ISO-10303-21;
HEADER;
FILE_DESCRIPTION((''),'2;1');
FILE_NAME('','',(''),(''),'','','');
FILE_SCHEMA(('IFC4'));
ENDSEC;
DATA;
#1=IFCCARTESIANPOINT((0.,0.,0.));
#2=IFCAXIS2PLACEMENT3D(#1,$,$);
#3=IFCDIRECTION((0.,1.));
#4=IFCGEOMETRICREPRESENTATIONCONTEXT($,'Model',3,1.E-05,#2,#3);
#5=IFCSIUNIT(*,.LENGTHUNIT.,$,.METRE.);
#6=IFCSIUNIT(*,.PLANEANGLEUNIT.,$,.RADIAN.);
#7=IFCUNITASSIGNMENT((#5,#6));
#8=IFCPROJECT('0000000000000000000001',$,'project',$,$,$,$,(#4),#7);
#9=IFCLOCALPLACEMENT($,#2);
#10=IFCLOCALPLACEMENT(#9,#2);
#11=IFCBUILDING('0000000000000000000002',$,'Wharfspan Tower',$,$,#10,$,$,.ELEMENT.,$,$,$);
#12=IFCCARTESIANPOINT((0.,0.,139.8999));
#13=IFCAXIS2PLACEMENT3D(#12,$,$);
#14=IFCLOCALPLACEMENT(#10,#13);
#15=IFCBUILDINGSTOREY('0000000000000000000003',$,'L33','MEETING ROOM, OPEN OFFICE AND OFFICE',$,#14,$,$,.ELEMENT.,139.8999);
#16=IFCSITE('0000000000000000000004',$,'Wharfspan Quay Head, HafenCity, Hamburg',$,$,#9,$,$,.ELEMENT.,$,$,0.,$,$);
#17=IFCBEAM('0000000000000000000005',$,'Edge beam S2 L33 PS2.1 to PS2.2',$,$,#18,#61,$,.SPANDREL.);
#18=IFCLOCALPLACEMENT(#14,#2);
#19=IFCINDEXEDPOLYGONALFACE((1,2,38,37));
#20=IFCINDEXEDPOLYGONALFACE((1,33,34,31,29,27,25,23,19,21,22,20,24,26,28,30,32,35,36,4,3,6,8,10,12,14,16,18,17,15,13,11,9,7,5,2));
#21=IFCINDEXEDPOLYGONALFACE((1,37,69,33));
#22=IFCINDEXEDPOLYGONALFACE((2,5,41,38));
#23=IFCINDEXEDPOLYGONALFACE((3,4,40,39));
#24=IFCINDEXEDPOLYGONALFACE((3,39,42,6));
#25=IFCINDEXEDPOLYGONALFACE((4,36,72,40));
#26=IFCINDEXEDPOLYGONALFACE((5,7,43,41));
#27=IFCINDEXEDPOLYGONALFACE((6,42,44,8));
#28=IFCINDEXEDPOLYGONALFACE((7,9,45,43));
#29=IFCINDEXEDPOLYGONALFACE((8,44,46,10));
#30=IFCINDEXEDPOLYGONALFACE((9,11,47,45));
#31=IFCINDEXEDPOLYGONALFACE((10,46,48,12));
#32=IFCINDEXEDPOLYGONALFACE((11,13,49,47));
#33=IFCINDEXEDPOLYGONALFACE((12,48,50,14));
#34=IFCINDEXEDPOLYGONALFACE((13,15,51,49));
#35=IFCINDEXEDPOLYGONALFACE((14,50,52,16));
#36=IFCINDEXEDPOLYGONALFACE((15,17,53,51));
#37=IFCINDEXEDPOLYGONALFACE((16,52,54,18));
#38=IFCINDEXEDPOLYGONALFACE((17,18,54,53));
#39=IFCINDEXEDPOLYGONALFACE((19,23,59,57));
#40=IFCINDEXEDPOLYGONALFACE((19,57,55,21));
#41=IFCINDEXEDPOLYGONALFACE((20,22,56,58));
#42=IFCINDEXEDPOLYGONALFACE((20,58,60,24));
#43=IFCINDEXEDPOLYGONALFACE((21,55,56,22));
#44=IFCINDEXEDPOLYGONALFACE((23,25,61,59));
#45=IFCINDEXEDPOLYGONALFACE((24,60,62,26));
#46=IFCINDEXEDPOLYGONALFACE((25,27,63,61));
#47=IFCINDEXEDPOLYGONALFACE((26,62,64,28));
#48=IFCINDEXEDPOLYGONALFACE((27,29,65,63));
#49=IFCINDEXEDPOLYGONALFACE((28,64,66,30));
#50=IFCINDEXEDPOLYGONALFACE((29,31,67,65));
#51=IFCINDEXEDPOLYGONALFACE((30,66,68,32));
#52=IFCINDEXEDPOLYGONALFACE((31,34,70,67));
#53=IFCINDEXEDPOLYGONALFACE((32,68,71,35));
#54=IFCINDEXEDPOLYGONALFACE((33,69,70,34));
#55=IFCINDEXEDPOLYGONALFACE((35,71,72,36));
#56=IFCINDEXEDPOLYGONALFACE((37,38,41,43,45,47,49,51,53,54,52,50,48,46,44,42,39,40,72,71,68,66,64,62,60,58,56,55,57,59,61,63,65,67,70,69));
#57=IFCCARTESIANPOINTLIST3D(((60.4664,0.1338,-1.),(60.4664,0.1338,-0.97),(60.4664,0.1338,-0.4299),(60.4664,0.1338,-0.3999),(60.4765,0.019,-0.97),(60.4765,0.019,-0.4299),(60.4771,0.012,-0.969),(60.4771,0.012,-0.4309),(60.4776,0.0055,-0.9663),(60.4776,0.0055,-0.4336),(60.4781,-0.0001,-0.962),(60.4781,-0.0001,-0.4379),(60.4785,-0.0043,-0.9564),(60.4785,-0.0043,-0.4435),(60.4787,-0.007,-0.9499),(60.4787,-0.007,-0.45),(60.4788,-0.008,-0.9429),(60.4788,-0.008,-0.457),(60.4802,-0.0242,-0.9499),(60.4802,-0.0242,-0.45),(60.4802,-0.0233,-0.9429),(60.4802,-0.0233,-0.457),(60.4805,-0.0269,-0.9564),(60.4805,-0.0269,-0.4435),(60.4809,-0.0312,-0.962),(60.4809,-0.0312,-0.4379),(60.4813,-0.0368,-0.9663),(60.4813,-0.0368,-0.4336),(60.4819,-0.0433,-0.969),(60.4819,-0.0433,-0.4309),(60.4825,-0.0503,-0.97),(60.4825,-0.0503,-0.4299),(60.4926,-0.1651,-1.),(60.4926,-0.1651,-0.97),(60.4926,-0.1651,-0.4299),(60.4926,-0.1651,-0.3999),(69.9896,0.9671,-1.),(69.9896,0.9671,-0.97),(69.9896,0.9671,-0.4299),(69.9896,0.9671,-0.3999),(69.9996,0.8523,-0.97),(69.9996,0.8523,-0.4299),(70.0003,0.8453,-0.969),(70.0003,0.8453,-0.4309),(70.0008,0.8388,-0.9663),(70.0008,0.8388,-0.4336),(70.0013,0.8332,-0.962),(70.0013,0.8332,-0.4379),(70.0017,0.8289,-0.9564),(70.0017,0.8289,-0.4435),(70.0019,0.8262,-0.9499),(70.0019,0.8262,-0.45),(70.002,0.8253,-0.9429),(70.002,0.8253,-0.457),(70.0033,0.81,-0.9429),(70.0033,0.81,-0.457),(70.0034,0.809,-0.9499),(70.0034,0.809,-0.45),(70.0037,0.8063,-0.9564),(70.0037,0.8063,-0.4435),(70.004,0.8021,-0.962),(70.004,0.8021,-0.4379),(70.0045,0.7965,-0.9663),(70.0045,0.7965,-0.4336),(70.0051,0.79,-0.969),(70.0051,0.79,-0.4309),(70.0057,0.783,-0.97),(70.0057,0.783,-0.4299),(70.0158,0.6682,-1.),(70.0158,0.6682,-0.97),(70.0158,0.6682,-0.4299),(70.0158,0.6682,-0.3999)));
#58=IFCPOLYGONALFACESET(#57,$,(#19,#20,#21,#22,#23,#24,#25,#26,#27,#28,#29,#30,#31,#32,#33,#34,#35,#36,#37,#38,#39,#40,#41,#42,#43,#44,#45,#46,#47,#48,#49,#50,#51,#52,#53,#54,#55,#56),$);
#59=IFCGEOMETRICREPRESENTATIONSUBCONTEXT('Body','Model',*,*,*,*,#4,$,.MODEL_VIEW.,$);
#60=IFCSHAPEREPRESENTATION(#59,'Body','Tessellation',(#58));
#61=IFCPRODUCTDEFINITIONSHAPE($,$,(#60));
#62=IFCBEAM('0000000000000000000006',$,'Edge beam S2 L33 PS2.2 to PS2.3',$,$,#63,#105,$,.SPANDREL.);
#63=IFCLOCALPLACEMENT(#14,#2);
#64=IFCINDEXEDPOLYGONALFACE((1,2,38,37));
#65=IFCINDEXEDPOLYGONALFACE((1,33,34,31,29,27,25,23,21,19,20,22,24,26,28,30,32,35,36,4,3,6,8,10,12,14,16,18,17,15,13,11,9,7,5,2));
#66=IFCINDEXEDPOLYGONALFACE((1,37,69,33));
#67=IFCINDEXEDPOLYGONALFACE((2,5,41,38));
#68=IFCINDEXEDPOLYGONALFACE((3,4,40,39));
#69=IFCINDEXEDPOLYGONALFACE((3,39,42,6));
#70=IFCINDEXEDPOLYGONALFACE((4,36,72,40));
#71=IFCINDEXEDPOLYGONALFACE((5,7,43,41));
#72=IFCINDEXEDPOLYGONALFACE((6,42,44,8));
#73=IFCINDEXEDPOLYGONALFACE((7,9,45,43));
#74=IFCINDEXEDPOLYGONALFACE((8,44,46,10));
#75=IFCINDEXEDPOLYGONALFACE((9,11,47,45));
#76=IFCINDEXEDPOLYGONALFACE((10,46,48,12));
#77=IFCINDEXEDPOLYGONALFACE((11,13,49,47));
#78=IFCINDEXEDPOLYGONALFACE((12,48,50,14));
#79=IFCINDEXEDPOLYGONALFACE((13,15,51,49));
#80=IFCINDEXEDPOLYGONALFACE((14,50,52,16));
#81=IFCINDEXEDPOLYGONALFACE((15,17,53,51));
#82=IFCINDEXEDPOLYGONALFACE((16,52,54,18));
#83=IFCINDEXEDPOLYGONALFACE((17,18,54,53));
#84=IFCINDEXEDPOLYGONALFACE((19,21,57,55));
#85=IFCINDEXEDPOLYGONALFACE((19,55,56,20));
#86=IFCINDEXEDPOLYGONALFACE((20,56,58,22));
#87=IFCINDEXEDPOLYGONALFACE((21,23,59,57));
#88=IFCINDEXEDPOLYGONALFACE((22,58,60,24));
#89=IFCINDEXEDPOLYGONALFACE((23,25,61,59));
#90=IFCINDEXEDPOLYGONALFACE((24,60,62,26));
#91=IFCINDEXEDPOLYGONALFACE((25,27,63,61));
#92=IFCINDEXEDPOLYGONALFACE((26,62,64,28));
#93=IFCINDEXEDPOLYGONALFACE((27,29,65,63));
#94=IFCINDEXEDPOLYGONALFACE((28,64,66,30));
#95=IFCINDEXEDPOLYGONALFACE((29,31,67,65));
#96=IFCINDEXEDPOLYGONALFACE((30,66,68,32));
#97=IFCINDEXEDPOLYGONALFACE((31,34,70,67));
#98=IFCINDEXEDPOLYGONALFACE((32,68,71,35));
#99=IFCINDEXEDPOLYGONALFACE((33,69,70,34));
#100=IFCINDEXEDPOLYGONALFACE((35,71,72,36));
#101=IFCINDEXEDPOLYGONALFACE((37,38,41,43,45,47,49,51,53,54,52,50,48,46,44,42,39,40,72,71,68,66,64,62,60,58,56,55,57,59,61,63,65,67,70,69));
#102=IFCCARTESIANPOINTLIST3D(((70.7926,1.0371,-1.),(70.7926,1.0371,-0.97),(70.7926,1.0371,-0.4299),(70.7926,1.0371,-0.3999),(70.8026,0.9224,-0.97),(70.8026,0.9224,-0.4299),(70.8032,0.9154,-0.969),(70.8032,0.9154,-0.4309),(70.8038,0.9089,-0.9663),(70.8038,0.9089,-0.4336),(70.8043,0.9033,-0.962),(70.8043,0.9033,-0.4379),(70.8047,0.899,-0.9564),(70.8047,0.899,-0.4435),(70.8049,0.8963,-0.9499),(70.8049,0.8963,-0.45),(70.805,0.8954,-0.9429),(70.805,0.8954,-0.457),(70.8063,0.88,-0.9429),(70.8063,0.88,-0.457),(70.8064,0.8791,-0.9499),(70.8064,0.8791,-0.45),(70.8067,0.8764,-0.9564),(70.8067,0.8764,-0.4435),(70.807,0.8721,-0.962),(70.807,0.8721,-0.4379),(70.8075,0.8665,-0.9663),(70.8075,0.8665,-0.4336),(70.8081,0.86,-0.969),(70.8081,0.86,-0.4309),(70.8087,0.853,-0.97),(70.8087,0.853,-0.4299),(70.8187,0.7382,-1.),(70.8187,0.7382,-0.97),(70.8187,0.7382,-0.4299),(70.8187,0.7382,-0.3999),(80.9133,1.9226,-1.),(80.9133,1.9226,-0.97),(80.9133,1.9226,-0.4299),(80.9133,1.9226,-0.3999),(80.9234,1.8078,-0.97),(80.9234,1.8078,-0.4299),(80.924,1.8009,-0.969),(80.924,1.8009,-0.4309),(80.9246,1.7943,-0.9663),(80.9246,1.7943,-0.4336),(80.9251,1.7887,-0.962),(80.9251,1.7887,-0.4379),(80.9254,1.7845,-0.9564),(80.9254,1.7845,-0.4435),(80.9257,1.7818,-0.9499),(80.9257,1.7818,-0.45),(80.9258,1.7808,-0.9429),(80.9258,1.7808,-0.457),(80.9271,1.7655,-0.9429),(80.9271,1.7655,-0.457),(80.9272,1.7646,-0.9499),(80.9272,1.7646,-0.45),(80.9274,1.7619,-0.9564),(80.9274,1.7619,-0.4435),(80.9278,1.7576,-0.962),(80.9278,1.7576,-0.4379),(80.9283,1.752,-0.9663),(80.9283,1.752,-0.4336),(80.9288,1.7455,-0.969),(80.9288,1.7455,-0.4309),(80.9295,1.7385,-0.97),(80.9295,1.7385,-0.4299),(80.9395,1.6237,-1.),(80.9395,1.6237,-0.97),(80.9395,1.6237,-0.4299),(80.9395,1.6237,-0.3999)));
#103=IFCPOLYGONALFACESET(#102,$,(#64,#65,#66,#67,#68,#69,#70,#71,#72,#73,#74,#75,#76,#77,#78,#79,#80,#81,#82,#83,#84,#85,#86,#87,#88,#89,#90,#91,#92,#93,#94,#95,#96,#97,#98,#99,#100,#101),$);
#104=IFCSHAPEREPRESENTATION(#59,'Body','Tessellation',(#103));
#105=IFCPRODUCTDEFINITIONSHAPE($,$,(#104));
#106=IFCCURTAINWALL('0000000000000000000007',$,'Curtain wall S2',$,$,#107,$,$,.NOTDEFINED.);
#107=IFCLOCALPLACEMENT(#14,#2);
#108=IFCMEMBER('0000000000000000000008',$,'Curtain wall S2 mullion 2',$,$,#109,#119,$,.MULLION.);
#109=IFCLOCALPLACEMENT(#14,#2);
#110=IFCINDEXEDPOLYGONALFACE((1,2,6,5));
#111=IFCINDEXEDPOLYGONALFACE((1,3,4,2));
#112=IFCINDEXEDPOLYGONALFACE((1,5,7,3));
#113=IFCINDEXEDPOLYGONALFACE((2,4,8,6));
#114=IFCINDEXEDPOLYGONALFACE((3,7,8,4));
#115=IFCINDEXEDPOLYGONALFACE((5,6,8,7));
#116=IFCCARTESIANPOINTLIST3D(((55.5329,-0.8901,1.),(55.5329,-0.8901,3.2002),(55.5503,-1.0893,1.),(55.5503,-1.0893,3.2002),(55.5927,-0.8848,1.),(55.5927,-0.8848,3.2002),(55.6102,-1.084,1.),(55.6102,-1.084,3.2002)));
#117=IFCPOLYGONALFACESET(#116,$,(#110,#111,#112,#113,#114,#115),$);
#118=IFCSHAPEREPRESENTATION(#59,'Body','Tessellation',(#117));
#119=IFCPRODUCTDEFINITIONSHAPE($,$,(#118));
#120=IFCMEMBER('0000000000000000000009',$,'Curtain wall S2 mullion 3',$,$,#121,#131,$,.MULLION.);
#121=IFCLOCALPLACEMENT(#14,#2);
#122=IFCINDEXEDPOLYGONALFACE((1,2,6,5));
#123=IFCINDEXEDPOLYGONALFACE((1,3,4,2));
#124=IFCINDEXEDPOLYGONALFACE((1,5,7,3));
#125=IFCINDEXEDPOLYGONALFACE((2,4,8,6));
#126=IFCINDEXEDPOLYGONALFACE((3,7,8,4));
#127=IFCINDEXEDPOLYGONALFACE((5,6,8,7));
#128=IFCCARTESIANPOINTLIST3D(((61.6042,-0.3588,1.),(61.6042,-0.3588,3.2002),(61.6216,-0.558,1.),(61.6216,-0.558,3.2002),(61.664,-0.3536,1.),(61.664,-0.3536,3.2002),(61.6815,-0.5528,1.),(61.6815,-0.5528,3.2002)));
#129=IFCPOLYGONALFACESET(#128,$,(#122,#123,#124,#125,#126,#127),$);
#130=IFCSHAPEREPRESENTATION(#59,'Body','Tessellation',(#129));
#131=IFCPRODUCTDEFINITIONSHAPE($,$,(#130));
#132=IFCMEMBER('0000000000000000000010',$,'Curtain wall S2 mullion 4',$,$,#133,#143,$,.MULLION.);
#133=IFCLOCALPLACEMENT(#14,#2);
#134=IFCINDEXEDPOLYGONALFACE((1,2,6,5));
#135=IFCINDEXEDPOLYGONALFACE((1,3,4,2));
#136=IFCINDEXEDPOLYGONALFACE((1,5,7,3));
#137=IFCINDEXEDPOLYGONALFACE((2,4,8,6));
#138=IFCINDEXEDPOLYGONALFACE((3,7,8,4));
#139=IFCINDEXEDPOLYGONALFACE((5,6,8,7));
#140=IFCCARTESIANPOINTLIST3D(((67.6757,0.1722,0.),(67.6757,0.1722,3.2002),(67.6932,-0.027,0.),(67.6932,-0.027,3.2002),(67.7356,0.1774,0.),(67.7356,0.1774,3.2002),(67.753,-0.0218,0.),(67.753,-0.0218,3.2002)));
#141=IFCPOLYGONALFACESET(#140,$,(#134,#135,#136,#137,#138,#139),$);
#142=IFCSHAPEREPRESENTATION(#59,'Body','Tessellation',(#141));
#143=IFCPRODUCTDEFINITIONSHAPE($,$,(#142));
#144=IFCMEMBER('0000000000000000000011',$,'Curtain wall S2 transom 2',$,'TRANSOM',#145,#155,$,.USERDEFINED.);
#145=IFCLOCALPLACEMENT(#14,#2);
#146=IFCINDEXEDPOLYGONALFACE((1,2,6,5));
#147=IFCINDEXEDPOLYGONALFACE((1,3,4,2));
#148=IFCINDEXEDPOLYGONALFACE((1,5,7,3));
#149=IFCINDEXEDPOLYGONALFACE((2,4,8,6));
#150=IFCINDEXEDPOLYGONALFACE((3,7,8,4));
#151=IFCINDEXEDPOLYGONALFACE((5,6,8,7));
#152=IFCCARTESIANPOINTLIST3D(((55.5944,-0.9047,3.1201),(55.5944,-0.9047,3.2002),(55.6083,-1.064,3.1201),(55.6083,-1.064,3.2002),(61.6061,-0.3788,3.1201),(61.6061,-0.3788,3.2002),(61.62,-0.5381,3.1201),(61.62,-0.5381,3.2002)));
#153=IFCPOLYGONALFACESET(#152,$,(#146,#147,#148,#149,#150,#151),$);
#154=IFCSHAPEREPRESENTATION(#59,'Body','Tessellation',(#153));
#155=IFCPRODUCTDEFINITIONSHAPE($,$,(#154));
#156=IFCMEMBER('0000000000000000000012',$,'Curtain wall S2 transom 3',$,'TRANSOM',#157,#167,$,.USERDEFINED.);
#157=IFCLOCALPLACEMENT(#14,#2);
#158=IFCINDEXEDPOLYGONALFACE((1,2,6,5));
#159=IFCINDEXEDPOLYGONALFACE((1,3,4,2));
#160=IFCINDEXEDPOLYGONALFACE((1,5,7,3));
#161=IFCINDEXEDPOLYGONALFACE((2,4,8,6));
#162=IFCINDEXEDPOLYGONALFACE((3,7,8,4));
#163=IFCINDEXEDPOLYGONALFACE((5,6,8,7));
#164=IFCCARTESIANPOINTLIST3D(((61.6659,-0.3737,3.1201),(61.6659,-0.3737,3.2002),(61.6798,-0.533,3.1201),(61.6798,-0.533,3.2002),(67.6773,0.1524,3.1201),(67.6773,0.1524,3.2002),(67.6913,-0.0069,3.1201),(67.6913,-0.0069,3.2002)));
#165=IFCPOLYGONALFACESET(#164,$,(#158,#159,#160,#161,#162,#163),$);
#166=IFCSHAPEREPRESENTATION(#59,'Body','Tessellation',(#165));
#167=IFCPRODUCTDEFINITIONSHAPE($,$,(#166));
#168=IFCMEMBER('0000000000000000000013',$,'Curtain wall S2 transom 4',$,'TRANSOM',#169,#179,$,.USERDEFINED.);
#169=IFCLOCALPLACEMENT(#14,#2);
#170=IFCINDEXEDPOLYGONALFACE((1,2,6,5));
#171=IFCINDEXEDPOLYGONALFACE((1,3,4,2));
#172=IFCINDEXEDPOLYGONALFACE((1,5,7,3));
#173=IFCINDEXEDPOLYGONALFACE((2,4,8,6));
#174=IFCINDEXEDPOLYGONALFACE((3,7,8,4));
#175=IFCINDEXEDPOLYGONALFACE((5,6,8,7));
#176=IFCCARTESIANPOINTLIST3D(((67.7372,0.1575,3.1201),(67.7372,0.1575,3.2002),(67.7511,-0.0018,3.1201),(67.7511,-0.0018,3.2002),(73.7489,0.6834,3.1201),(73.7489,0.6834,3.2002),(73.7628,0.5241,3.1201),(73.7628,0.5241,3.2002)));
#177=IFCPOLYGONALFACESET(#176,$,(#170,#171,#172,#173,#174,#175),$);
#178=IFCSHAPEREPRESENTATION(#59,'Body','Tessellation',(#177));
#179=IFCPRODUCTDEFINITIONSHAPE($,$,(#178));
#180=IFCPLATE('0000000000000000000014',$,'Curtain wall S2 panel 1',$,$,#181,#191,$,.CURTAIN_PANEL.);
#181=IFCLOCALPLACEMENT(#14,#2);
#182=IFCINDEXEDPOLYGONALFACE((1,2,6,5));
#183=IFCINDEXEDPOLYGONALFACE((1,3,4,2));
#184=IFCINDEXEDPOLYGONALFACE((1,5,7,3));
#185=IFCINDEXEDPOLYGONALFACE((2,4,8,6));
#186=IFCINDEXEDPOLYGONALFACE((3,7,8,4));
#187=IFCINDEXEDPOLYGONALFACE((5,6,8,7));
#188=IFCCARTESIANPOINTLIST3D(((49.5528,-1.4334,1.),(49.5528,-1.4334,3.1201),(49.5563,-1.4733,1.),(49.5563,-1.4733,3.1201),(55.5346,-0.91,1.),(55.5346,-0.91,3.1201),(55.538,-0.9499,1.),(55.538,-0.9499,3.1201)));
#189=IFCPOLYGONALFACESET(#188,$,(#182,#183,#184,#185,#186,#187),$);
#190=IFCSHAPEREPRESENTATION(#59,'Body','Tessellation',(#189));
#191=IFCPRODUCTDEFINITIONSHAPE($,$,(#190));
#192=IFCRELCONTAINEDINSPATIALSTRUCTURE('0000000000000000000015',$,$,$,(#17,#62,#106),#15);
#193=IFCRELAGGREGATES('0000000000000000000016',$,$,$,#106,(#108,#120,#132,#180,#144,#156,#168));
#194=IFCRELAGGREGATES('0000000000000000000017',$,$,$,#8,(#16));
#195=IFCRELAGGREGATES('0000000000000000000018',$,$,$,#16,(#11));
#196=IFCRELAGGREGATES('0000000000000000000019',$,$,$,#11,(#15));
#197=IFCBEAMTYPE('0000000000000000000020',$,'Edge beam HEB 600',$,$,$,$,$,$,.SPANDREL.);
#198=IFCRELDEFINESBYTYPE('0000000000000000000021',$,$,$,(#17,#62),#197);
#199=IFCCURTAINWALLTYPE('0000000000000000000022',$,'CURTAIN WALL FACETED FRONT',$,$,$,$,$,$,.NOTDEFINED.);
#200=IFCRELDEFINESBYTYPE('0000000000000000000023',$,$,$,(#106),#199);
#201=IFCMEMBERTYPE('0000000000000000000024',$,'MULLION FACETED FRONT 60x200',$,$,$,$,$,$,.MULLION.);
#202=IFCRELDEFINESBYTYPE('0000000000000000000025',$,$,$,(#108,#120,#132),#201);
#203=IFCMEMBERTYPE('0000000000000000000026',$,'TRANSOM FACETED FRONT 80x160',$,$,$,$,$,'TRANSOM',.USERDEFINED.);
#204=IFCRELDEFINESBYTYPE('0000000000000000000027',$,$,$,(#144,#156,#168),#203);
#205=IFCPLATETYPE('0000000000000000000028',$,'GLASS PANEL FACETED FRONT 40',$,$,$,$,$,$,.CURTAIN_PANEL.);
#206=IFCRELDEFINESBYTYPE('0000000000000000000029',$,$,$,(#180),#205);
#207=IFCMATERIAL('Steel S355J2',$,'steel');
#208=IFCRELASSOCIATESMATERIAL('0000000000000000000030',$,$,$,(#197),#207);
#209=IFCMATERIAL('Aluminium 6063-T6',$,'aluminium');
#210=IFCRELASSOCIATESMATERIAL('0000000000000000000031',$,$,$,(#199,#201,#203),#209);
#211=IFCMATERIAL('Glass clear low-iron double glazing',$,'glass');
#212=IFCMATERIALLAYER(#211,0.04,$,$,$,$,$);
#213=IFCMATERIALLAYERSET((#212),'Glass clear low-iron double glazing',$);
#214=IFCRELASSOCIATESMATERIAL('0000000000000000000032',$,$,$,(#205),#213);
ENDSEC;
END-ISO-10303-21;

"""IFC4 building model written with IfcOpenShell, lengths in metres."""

from ifc_helpers import new_model, si_unit, direction, frame, origin, origin_2d, place, context, subcontext, project, spatial, rectangle, i_section, extrude, material, layer, layer_set, material_profile, profile_set, type_object, element, aggregate, save


model = new_model("IFC4")

# Units and contexts
model_context = context("Model", 3, precision=1e-05, world=origin(), true_north=direction((0.0, 1.0)))
body_context = subcontext(model_context, "Body", "Model", "MODEL_VIEW")
ifc_project = project(units=[si_unit("LENGTHUNIT", "METRE"), si_unit("PLANEANGLEUNIT", "RADIAN")], contexts=[model_context])

# Site, building, storey
site_placement = place(None, origin())
site = spatial("IfcSite", under=ifc_project, at=site_placement, Name="Wharfspan Quay Head, HafenCity, Hamburg", CompositionType="ELEMENT", RefElevation=0.0)
building_placement = place(site_placement, origin())
building = spatial("IfcBuilding", under=site, at=building_placement, Name="Wharfspan Tower", CompositionType="ELEMENT")
storey_placement = place(building_placement, frame((0.0, 0.0, 139.8999)))
storey = spatial("IfcBuildingStorey", under=building, at=storey_placement, Name="L33", Description="MEETING ROOM, OPEN OFFICE AND OFFICE", CompositionType="ELEMENT", Elevation=139.8999)

# Shared definitions
ifc_material_1 = material(Name="Steel S355J2", Category="steel")

# Beams
ifc_material_profile_1 = material_profile(ifc_material_1, i_section(OverallWidth=0.3, OverallDepth=0.6001, WebThickness=0.0154, FlangeThickness=0.03, FilletRadius=0.0271, at=origin_2d()))
ifc_profile_set_1 = profile_set([ifc_material_profile_1], Name="Steel S355J2")
beam_type = type_object("IfcBeamType", Name="Edge beam HEB 600", PredefinedType="SPANDREL", material=ifc_profile_set_1)
beam_1_placement = place(storey_placement, frame((60.4795, -0.0156, -0.7), z_axis=(0.996194, 0.087164, 0.0), x_axis=(-0.087164, 0.996194, 0.0)))
element("IfcBeam", 1, at=beam_1_placement, inside=storey, type_object=beam_type, Name="Edge beam S2 L33 PS2.1 to PS2.2", PredefinedType="SPANDREL", context=body_context, shape_type="SweptSolid", body=[
    extrude(i_section(OverallWidth=0.3, OverallDepth=0.6001, WebThickness=0.0154, FlangeThickness=0.03, FilletRadius=0.0271, at=origin_2d()), origin(), (0.0, 0.0, 1.0), 9.5596),
])
beam_2_placement = place(storey_placement, frame((70.8057, 0.8877, -0.7), z_axis=(0.996194, 0.087159, 0.0), x_axis=(-0.087159, 0.996194, 0.0)))
element("IfcBeam", 2, at=beam_2_placement, inside=storey, type_object=beam_type, Name="Edge beam S2 L33 PS2.2 to PS2.3", PredefinedType="SPANDREL", context=body_context, shape_type="SweptSolid", body=[
    extrude(i_section(OverallWidth=0.3, OverallDepth=0.6001, WebThickness=0.0154, FlangeThickness=0.03, FilletRadius=0.0271, at=origin_2d()), origin(), (0.0, 0.0, 1.0), 10.1594),
])

# Curtain wall, members, plate
ifc_material_2 = material(Name="Aluminium 6063-T6", Category="aluminium")
curtain_wall_type = type_object("IfcCurtainWallType", Name="CURTAIN WALL FACETED FRONT", PredefinedType="NOTDEFINED", material=ifc_material_2)
curtain_wall_placement = place(storey_placement, origin())
curtain_wall = element("IfcCurtainWall", 3, at=curtain_wall_placement, inside=storey, type_object=curtain_wall_type, Name="Curtain wall S2", PredefinedType="NOTDEFINED")
ifc_material_profile_2 = material_profile(ifc_material_2, rectangle(XDim=0.2, YDim=0.0601, at=origin_2d()))
ifc_profile_set_2 = profile_set([ifc_material_profile_2], Name="Aluminium 6063-T6")
member_type_1 = type_object("IfcMemberType", Name="MULLION FACETED FRONT 60x200", PredefinedType="MULLION", material=ifc_profile_set_2)
member_1_placement = place(storey_placement, frame((55.5715, -0.9871, 1.0), z_axis=(0.0, 0.0, 1.0), x_axis=(-0.087156, 0.996198, 0.0)))
member_1 = element("IfcMember", 4, at=member_1_placement, type_object=member_type_1, Name="Curtain wall S2 mullion 2", PredefinedType="MULLION", context=body_context, shape_type="SweptSolid", body=[
    extrude(rectangle(XDim=0.2, YDim=0.0601, at=origin_2d()), origin(), (0.0, 0.0, 1.0), 2.2002),
])
member_2_placement = place(storey_placement, frame((61.6428, -0.4558, 1.0), z_axis=(0.0, 0.0, 1.0), x_axis=(-0.087156, 0.996198, 0.0)))
member_2 = element("IfcMember", 5, at=member_2_placement, type_object=member_type_1, Name="Curtain wall S2 mullion 3", PredefinedType="MULLION", context=body_context, shape_type="SweptSolid", body=[
    extrude(rectangle(XDim=0.2, YDim=0.0601, at=origin_2d()), origin(), (0.0, 0.0, 1.0), 2.2002),
])
member_3_placement = place(storey_placement, frame((67.7144, 0.0752, 0.0), z_axis=(0.0, 0.0, 1.0), x_axis=(-0.087156, 0.996198, 0.0)))
member_3 = element("IfcMember", 6, at=member_3_placement, type_object=member_type_1, Name="Curtain wall S2 mullion 4", PredefinedType="MULLION", context=body_context, shape_type="SweptSolid", body=[
    extrude(rectangle(XDim=0.2, YDim=0.0601, at=origin_2d()), origin(), (0.0, 0.0, 1.0), 3.2002),
])
ifc_material_profile_3 = material_profile(ifc_material_2, rectangle(XDim=0.1599, YDim=0.0801, at=origin_2d()))
ifc_profile_set_3 = profile_set([ifc_material_profile_3], Name="Aluminium 6063-T6")
member_type_2 = type_object("IfcMemberType", Name="TRANSOM FACETED FRONT 80x160", ElementType="TRANSOM", PredefinedType="USERDEFINED", material=ifc_profile_set_3)
member_4_placement = place(storey_placement, frame((55.6013, -0.9844, 3.1602), z_axis=(0.996196, 0.087143, 0.0), x_axis=(-0.087143, 0.996196, 0.0)))
member_4 = element("IfcMember", 7, at=member_4_placement, type_object=member_type_2, Name="Curtain wall S2 transom 2", ObjectType="TRANSOM", PredefinedType="USERDEFINED", context=body_context, shape_type="SweptSolid", body=[
    extrude(rectangle(XDim=0.1599, YDim=0.0801, at=origin_2d()), origin(), (0.0, 0.0, 1.0), 6.0347),
])
member_5_placement = place(storey_placement, frame((61.6729, -0.4534, 3.1602), z_axis=(0.996192, 0.087187, 0.0), x_axis=(-0.087187, 0.996192, 0.0)))
member_5 = element("IfcMember", 8, at=member_5_placement, type_object=member_type_2, Name="Curtain wall S2 transom 3", ObjectType="TRANSOM", PredefinedType="USERDEFINED", context=body_context, shape_type="SweptSolid", body=[
    extrude(rectangle(XDim=0.1599, YDim=0.0801, at=origin_2d()), origin(), (0.0, 0.0, 1.0), 6.0344),
])
member_6_placement = place(storey_placement, frame((67.7441, 0.0779, 3.1602), z_axis=(0.996196, 0.087143, 0.0), x_axis=(-0.087143, 0.996196, 0.0)))
member_6 = element("IfcMember", 9, at=member_6_placement, type_object=member_type_2, Name="Curtain wall S2 transom 4", ObjectType="TRANSOM", PredefinedType="USERDEFINED", context=body_context, shape_type="SweptSolid", body=[
    extrude(rectangle(XDim=0.1599, YDim=0.0801, at=origin_2d()), origin(), (0.0, 0.0, 1.0), 6.0347),
])
ifc_material_3 = material(Name="Glass clear low-iron double glazing", Category="glass")
ifc_layer_1 = layer(ifc_material_3, 0.04)
ifc_layer_set_1 = layer_set([ifc_layer_1], Name="Glass clear low-iron double glazing")
plate_type_1 = type_object("IfcPlateType", Name="GLASS PANEL FACETED FRONT 40", PredefinedType="CURTAIN_PANEL", material=ifc_layer_set_1)
plate_1_placement = place(storey_placement, frame((52.5454, -1.1917, 1.0), z_axis=(0.0, 0.0, 1.0), x_axis=(0.996198, 0.087156, 0.0)))
plate_1 = element("IfcPlate", 10, at=plate_1_placement, type_object=plate_type_1, Name="Curtain wall S2 panel 1", PredefinedType="CURTAIN_PANEL", context=body_context, shape_type="SweptSolid", body=[
    extrude(rectangle(XDim=6.0046, YDim=0.04, at=origin_2d()), origin(), (0.0, 0.0, 1.0), 2.1201),
])
aggregate(curtain_wall, [member_1, member_2, member_3, plate_1, member_4, member_5, member_6])

save(model, "model.ifc")
